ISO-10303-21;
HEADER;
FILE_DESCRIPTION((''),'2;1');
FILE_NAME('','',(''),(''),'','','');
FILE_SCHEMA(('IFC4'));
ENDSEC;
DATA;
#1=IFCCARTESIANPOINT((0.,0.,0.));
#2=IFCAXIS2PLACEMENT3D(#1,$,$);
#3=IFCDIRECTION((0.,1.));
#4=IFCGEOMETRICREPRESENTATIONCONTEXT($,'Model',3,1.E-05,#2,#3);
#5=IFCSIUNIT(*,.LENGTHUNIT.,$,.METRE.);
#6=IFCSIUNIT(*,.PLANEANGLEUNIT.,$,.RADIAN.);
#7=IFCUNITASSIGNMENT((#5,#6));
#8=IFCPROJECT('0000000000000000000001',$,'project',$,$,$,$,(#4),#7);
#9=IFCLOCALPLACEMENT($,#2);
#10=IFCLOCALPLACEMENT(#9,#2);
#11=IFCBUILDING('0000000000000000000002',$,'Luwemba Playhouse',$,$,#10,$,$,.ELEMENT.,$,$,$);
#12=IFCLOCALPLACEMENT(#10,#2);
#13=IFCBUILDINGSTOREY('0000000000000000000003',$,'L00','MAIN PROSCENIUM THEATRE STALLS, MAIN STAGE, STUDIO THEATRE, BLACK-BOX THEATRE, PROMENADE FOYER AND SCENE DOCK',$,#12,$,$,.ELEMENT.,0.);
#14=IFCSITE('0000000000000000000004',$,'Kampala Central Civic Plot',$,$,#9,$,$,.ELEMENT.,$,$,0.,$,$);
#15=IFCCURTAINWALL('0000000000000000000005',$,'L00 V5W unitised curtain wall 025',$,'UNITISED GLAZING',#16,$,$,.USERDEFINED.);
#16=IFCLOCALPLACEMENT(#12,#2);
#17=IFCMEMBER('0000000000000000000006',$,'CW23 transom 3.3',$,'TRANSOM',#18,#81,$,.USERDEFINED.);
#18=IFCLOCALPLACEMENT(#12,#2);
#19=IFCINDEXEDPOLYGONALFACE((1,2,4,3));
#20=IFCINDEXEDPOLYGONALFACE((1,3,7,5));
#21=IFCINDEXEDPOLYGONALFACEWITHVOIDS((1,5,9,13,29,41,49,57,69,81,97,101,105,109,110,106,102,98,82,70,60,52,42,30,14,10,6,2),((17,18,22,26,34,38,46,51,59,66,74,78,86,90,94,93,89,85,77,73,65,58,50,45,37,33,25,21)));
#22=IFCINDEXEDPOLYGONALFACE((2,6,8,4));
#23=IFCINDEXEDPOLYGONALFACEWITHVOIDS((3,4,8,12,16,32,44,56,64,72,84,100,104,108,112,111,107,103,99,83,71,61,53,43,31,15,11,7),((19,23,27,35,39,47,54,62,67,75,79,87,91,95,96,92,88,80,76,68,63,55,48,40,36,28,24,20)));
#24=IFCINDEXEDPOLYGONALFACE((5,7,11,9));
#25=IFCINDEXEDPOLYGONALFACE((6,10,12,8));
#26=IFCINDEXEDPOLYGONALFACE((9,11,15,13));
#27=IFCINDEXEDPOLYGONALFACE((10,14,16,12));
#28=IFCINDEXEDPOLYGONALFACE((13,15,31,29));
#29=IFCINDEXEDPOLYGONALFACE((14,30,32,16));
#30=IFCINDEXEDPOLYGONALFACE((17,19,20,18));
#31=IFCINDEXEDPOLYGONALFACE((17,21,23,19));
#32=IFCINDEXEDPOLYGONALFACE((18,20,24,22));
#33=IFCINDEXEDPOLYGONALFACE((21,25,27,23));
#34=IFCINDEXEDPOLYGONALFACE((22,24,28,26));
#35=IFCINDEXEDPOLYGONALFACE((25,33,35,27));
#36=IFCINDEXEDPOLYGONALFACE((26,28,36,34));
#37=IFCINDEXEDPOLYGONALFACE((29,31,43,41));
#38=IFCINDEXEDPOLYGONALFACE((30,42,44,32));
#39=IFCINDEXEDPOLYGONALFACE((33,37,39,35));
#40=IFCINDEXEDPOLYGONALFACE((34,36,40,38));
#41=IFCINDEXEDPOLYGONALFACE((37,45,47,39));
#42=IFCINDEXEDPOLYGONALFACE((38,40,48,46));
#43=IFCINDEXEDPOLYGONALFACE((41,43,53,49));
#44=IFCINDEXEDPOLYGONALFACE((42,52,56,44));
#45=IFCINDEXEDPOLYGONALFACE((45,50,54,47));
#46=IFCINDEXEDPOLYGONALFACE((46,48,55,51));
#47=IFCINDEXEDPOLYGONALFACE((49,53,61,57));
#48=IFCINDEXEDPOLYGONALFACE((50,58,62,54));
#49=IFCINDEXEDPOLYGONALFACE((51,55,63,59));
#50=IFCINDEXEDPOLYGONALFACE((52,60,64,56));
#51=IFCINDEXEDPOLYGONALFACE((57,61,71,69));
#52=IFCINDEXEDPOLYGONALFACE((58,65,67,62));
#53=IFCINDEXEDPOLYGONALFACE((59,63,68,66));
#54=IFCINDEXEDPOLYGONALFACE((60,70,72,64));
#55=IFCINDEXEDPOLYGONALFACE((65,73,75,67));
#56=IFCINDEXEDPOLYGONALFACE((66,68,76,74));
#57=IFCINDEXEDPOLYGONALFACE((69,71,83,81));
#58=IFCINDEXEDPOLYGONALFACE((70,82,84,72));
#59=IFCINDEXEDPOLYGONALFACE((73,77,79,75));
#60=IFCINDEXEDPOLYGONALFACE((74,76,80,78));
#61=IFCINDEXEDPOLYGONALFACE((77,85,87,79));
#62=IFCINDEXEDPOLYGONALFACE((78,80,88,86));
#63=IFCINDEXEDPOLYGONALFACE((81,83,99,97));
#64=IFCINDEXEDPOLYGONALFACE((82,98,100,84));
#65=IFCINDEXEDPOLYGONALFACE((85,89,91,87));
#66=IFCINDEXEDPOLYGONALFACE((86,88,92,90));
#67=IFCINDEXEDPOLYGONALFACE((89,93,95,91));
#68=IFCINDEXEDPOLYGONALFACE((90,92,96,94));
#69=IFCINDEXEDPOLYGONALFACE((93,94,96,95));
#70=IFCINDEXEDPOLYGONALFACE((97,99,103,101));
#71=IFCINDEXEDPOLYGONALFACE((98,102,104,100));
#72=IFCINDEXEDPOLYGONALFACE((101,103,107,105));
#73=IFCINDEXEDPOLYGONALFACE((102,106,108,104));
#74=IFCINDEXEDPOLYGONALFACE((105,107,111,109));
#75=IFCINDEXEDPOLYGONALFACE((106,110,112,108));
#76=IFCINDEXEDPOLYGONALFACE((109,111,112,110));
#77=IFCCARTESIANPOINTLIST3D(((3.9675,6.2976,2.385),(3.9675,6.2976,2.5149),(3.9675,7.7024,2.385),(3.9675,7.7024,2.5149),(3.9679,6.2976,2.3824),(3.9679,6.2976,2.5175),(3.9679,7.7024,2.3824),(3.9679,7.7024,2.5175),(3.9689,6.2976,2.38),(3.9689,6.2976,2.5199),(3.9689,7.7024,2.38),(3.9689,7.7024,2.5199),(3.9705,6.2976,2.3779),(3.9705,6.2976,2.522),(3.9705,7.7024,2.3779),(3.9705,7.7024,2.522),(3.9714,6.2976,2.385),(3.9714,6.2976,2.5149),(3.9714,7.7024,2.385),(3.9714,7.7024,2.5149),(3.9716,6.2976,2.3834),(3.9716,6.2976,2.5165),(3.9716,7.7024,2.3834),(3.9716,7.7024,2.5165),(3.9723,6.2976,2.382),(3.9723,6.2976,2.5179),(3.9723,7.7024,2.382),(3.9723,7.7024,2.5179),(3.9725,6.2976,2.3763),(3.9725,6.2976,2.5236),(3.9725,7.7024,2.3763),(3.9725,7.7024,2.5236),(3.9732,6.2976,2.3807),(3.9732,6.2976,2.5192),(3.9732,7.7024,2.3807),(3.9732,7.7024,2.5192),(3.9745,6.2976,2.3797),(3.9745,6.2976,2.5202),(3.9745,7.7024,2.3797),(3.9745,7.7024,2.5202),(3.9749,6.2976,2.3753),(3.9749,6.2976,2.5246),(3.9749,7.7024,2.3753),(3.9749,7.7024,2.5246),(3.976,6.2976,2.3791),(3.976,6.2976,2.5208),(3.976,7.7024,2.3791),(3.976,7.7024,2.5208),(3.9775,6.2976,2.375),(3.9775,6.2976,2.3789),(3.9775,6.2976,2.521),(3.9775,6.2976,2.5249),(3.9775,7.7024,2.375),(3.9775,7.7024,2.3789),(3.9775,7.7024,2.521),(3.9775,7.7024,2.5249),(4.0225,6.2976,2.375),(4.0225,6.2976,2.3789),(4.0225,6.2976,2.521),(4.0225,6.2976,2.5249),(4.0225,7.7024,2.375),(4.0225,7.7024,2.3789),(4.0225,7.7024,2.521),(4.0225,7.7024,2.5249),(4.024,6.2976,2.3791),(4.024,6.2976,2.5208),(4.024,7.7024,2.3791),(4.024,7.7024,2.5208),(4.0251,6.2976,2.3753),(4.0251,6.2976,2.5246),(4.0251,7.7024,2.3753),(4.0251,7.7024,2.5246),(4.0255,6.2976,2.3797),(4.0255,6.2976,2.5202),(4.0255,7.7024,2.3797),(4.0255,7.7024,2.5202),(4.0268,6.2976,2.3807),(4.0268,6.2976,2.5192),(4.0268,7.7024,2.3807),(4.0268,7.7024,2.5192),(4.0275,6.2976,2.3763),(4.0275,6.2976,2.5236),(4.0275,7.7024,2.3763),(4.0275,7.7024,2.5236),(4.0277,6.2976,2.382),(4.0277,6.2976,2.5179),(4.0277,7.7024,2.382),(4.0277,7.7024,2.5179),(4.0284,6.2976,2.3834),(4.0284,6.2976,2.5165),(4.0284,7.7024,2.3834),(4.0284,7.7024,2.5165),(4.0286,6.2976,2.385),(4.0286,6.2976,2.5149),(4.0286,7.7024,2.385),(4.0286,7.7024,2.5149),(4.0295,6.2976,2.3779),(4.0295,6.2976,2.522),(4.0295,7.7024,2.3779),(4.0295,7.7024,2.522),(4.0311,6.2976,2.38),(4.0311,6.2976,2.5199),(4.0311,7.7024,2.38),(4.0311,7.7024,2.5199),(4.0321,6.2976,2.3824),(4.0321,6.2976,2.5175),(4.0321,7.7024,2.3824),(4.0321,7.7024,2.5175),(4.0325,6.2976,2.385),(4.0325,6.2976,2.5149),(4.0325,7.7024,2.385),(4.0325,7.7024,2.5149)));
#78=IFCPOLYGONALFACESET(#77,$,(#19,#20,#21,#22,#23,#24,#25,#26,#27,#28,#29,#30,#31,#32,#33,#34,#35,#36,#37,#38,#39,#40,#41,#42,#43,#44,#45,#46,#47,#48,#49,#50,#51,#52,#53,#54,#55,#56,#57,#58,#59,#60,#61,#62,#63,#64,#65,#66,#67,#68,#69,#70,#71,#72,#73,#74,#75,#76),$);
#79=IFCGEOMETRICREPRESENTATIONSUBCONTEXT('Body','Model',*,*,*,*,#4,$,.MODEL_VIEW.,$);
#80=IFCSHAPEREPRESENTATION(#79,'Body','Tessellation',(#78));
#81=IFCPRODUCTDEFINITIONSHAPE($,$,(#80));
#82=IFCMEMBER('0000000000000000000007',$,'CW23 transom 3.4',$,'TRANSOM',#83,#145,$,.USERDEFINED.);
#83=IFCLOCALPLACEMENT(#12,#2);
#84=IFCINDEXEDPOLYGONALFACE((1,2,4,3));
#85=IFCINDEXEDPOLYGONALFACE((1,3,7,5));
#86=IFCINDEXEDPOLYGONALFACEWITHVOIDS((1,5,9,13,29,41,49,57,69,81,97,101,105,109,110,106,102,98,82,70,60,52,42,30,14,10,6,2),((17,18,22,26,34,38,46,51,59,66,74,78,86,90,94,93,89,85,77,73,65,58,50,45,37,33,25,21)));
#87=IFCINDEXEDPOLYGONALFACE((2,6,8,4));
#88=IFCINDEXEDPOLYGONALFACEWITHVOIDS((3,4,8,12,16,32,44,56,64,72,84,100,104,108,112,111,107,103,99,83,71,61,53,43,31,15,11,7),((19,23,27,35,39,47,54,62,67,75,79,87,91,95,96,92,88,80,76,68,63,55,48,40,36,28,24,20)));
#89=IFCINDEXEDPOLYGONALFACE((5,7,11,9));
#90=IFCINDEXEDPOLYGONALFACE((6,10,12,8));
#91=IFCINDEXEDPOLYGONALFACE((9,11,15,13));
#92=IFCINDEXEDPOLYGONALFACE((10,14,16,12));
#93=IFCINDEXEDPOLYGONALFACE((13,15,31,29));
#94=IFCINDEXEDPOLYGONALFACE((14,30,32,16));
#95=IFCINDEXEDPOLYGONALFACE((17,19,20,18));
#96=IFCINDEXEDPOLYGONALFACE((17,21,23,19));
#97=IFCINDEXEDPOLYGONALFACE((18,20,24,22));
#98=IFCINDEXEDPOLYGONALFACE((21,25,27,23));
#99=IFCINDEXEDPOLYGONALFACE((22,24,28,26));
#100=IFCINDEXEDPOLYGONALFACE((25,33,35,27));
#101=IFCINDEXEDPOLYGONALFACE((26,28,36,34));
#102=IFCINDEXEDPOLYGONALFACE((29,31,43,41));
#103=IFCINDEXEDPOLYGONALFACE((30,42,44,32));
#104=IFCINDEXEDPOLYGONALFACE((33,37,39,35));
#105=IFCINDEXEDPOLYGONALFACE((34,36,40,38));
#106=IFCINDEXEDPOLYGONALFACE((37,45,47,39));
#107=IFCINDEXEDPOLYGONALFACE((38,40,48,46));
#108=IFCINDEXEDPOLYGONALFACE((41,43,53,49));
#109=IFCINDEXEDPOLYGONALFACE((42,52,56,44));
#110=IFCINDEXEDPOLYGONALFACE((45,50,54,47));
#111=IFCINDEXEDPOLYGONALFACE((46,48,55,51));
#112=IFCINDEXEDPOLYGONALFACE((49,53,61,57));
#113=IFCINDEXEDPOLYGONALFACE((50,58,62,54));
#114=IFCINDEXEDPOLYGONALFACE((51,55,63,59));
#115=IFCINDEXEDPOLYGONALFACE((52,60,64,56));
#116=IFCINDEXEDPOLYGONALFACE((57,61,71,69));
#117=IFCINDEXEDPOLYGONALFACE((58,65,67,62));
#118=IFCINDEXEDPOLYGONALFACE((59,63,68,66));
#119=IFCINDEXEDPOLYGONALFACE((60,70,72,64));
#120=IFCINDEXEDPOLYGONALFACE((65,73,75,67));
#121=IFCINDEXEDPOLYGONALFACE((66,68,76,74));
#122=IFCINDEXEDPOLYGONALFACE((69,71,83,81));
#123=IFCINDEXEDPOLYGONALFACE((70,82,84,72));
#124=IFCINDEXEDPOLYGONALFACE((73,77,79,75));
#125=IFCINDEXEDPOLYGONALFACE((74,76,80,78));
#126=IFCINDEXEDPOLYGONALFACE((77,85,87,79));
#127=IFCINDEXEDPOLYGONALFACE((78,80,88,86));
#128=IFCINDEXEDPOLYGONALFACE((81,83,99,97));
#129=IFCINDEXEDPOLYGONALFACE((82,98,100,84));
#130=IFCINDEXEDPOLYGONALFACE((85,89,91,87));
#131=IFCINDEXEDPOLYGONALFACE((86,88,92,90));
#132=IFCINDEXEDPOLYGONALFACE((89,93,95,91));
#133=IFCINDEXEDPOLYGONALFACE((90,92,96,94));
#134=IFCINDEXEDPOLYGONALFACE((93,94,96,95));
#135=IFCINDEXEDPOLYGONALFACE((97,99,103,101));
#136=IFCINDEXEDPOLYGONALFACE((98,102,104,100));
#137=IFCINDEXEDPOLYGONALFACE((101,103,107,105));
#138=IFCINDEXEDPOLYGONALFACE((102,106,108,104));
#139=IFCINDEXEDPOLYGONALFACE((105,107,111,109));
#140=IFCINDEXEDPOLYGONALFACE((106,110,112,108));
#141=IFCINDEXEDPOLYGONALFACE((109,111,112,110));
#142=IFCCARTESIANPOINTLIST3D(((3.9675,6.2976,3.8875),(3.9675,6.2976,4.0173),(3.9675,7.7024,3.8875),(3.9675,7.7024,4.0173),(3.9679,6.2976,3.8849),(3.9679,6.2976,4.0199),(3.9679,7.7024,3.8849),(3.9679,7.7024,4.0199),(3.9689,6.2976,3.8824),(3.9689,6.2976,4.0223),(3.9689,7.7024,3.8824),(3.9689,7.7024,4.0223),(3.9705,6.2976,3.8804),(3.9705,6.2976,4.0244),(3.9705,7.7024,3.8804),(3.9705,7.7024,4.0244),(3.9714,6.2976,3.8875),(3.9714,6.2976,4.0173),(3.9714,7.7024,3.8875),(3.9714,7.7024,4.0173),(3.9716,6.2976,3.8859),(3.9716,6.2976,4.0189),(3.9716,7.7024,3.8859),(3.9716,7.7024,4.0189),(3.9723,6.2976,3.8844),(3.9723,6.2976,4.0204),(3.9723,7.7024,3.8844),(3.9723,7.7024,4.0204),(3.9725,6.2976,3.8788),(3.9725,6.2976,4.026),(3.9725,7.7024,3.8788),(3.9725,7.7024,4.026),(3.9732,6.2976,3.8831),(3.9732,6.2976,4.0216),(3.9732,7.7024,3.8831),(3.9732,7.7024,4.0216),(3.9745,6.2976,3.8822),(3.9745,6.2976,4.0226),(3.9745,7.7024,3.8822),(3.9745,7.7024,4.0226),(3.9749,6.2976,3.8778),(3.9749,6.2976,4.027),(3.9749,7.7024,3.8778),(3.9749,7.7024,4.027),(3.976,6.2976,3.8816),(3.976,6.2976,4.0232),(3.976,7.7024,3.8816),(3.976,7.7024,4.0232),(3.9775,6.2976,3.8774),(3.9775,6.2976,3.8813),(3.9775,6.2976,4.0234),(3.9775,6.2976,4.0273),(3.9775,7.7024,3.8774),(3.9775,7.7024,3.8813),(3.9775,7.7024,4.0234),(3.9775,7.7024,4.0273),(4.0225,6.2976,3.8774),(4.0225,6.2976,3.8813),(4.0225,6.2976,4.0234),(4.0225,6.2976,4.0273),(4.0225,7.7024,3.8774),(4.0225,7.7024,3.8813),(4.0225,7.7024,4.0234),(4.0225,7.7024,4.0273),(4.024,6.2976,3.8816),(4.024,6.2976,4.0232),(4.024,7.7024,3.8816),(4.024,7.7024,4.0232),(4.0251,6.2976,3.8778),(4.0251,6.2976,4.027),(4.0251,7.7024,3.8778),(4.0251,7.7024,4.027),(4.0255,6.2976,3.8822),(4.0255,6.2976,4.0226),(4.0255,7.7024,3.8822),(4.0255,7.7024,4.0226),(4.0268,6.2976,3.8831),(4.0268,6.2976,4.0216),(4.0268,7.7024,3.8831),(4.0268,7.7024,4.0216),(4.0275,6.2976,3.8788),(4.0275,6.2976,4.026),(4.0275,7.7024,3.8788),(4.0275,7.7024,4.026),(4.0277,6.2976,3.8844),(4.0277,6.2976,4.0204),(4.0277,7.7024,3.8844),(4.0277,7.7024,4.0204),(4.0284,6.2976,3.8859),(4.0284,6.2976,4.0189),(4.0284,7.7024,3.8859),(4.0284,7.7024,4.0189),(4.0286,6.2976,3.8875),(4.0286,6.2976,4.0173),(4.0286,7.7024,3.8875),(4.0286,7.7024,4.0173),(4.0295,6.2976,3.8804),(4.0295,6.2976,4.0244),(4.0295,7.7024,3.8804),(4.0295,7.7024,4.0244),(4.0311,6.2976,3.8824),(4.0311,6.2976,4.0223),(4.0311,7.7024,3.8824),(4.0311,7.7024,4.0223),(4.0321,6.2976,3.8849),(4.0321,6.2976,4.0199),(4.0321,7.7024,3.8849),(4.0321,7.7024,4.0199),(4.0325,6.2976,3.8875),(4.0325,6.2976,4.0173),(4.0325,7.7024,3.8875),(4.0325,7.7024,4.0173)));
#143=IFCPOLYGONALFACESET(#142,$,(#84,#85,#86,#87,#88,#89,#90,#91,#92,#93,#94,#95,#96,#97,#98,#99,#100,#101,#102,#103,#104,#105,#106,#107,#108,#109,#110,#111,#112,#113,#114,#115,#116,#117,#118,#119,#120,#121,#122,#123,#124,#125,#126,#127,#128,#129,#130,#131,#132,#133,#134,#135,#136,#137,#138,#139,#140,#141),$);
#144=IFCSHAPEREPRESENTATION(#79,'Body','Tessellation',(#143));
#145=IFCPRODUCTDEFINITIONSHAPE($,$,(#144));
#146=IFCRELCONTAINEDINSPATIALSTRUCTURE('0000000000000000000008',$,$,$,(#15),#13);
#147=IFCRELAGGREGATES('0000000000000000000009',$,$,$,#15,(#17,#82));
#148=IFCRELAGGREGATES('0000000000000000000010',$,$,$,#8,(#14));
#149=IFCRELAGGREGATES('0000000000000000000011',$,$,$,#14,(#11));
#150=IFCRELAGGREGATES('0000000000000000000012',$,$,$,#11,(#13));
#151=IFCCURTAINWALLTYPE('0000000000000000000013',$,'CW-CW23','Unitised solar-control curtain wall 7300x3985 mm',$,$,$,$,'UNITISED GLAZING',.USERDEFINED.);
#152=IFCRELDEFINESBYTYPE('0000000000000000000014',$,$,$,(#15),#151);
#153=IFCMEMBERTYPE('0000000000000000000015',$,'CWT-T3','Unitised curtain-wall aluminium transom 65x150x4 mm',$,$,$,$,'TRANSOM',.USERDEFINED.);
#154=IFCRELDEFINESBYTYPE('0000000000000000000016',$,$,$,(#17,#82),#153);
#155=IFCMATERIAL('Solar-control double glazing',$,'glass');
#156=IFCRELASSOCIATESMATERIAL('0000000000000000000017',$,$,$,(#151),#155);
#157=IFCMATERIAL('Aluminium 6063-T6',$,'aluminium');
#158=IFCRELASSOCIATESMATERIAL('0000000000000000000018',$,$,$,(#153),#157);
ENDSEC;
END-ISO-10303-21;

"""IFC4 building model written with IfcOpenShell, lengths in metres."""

from ifc_helpers import new_model, si_unit, direction, frame, origin, origin_2d, place, context, subcontext, project, spatial, hollow_rectangle, extrude, material, material_profile, profile_set, type_object, element, aggregate, save


model = new_model("IFC4")

# Units and contexts
model_context = context("Model", 3, precision=1e-05, world=origin(), true_north=direction((0.0, 1.0)))
body_context = subcontext(model_context, "Body", "Model", "MODEL_VIEW")
ifc_project = project(units=[si_unit("LENGTHUNIT", "METRE"), si_unit("PLANEANGLEUNIT", "RADIAN")], contexts=[model_context])

# Site, building, storey
site_placement = place(None, origin())
site = spatial("IfcSite", under=ifc_project, at=site_placement, Name="Kampala Central Civic Plot", CompositionType="ELEMENT", RefElevation=0.0)
building_placement = place(site_placement, origin())
building = spatial("IfcBuilding", under=site, at=building_placement, Name="Luwemba Playhouse", CompositionType="ELEMENT")
storey_placement = place(building_placement, origin())
storey = spatial("IfcBuildingStorey", under=building, at=storey_placement, Name="L00", Description="MAIN PROSCENIUM THEATRE STALLS, MAIN STAGE, STUDIO THEATRE, BLACK-BOX THEATRE, PROMENADE FOYER AND SCENE DOCK", CompositionType="ELEMENT", Elevation=0.0)

# Curtain wall, members
ifc_material_1 = material(Name="Solar-control double glazing", Category="glass")
curtain_wall_type = type_object("IfcCurtainWallType", Name="CW-CW23", Description="Unitised solar-control curtain wall 7300x3985 mm", ElementType="UNITISED GLAZING", PredefinedType="USERDEFINED", material=ifc_material_1)
curtain_wall_placement = place(storey_placement, origin())
curtain_wall = element("IfcCurtainWall", 1, at=curtain_wall_placement, inside=storey, type_object=curtain_wall_type, Name="L00 V5W unitised curtain wall 025", ObjectType="UNITISED GLAZING", PredefinedType="USERDEFINED")
ifc_material_2 = material(Name="Aluminium 6063-T6", Category="aluminium")
ifc_material_profile_1 = material_profile(ifc_material_2, hollow_rectangle(XDim=0.0649, YDim=0.1499, WallThickness=0.0039, InnerFilletRadius=0.0061, OuterFilletRadius=0.01, at=origin_2d()))
ifc_profile_set_1 = profile_set([ifc_material_profile_1], Name="Aluminium 6063-T6")
member_type_1 = type_object("IfcMemberType", Name="CWT-T3", Description="Unitised curtain-wall aluminium transom 65x150x4 mm", ElementType="TRANSOM", PredefinedType="USERDEFINED", material=ifc_profile_set_1)
member_1_placement = place(storey_placement, frame((4.0, 6.2976, 2.45), z_axis=(0.0, 1.0, 0.0), x_axis=(-1.0, 0.0, 0.0)))
member_1 = element("IfcMember", 2, at=member_1_placement, type_object=member_type_1, Name="CW23 transom 3.3", ObjectType="TRANSOM", PredefinedType="USERDEFINED", context=body_context, shape_type="SweptSolid", body=[
    extrude(hollow_rectangle(XDim=0.0649, YDim=0.1499, WallThickness=0.0039, InnerFilletRadius=0.0061, OuterFilletRadius=0.01, at=origin_2d()), origin(), (0.0, 0.0, 1.0), 1.4048),
])
member_2_placement = place(storey_placement, frame((4.0, 6.2976, 3.9524), z_axis=(0.0, 1.0, 0.0), x_axis=(-1.0, 0.0, 0.0)))
member_2 = element("IfcMember", 3, at=member_2_placement, type_object=member_type_1, Name="CW23 transom 3.4", ObjectType="TRANSOM", PredefinedType="USERDEFINED", context=body_context, shape_type="SweptSolid", body=[
    extrude(hollow_rectangle(XDim=0.0649, YDim=0.1499, WallThickness=0.0039, InnerFilletRadius=0.0061, OuterFilletRadius=0.01, at=origin_2d()), origin(), (0.0, 0.0, 1.0), 1.4048),
])
aggregate(curtain_wall, [member_1, member_2])

save(model, "model.ifc")
